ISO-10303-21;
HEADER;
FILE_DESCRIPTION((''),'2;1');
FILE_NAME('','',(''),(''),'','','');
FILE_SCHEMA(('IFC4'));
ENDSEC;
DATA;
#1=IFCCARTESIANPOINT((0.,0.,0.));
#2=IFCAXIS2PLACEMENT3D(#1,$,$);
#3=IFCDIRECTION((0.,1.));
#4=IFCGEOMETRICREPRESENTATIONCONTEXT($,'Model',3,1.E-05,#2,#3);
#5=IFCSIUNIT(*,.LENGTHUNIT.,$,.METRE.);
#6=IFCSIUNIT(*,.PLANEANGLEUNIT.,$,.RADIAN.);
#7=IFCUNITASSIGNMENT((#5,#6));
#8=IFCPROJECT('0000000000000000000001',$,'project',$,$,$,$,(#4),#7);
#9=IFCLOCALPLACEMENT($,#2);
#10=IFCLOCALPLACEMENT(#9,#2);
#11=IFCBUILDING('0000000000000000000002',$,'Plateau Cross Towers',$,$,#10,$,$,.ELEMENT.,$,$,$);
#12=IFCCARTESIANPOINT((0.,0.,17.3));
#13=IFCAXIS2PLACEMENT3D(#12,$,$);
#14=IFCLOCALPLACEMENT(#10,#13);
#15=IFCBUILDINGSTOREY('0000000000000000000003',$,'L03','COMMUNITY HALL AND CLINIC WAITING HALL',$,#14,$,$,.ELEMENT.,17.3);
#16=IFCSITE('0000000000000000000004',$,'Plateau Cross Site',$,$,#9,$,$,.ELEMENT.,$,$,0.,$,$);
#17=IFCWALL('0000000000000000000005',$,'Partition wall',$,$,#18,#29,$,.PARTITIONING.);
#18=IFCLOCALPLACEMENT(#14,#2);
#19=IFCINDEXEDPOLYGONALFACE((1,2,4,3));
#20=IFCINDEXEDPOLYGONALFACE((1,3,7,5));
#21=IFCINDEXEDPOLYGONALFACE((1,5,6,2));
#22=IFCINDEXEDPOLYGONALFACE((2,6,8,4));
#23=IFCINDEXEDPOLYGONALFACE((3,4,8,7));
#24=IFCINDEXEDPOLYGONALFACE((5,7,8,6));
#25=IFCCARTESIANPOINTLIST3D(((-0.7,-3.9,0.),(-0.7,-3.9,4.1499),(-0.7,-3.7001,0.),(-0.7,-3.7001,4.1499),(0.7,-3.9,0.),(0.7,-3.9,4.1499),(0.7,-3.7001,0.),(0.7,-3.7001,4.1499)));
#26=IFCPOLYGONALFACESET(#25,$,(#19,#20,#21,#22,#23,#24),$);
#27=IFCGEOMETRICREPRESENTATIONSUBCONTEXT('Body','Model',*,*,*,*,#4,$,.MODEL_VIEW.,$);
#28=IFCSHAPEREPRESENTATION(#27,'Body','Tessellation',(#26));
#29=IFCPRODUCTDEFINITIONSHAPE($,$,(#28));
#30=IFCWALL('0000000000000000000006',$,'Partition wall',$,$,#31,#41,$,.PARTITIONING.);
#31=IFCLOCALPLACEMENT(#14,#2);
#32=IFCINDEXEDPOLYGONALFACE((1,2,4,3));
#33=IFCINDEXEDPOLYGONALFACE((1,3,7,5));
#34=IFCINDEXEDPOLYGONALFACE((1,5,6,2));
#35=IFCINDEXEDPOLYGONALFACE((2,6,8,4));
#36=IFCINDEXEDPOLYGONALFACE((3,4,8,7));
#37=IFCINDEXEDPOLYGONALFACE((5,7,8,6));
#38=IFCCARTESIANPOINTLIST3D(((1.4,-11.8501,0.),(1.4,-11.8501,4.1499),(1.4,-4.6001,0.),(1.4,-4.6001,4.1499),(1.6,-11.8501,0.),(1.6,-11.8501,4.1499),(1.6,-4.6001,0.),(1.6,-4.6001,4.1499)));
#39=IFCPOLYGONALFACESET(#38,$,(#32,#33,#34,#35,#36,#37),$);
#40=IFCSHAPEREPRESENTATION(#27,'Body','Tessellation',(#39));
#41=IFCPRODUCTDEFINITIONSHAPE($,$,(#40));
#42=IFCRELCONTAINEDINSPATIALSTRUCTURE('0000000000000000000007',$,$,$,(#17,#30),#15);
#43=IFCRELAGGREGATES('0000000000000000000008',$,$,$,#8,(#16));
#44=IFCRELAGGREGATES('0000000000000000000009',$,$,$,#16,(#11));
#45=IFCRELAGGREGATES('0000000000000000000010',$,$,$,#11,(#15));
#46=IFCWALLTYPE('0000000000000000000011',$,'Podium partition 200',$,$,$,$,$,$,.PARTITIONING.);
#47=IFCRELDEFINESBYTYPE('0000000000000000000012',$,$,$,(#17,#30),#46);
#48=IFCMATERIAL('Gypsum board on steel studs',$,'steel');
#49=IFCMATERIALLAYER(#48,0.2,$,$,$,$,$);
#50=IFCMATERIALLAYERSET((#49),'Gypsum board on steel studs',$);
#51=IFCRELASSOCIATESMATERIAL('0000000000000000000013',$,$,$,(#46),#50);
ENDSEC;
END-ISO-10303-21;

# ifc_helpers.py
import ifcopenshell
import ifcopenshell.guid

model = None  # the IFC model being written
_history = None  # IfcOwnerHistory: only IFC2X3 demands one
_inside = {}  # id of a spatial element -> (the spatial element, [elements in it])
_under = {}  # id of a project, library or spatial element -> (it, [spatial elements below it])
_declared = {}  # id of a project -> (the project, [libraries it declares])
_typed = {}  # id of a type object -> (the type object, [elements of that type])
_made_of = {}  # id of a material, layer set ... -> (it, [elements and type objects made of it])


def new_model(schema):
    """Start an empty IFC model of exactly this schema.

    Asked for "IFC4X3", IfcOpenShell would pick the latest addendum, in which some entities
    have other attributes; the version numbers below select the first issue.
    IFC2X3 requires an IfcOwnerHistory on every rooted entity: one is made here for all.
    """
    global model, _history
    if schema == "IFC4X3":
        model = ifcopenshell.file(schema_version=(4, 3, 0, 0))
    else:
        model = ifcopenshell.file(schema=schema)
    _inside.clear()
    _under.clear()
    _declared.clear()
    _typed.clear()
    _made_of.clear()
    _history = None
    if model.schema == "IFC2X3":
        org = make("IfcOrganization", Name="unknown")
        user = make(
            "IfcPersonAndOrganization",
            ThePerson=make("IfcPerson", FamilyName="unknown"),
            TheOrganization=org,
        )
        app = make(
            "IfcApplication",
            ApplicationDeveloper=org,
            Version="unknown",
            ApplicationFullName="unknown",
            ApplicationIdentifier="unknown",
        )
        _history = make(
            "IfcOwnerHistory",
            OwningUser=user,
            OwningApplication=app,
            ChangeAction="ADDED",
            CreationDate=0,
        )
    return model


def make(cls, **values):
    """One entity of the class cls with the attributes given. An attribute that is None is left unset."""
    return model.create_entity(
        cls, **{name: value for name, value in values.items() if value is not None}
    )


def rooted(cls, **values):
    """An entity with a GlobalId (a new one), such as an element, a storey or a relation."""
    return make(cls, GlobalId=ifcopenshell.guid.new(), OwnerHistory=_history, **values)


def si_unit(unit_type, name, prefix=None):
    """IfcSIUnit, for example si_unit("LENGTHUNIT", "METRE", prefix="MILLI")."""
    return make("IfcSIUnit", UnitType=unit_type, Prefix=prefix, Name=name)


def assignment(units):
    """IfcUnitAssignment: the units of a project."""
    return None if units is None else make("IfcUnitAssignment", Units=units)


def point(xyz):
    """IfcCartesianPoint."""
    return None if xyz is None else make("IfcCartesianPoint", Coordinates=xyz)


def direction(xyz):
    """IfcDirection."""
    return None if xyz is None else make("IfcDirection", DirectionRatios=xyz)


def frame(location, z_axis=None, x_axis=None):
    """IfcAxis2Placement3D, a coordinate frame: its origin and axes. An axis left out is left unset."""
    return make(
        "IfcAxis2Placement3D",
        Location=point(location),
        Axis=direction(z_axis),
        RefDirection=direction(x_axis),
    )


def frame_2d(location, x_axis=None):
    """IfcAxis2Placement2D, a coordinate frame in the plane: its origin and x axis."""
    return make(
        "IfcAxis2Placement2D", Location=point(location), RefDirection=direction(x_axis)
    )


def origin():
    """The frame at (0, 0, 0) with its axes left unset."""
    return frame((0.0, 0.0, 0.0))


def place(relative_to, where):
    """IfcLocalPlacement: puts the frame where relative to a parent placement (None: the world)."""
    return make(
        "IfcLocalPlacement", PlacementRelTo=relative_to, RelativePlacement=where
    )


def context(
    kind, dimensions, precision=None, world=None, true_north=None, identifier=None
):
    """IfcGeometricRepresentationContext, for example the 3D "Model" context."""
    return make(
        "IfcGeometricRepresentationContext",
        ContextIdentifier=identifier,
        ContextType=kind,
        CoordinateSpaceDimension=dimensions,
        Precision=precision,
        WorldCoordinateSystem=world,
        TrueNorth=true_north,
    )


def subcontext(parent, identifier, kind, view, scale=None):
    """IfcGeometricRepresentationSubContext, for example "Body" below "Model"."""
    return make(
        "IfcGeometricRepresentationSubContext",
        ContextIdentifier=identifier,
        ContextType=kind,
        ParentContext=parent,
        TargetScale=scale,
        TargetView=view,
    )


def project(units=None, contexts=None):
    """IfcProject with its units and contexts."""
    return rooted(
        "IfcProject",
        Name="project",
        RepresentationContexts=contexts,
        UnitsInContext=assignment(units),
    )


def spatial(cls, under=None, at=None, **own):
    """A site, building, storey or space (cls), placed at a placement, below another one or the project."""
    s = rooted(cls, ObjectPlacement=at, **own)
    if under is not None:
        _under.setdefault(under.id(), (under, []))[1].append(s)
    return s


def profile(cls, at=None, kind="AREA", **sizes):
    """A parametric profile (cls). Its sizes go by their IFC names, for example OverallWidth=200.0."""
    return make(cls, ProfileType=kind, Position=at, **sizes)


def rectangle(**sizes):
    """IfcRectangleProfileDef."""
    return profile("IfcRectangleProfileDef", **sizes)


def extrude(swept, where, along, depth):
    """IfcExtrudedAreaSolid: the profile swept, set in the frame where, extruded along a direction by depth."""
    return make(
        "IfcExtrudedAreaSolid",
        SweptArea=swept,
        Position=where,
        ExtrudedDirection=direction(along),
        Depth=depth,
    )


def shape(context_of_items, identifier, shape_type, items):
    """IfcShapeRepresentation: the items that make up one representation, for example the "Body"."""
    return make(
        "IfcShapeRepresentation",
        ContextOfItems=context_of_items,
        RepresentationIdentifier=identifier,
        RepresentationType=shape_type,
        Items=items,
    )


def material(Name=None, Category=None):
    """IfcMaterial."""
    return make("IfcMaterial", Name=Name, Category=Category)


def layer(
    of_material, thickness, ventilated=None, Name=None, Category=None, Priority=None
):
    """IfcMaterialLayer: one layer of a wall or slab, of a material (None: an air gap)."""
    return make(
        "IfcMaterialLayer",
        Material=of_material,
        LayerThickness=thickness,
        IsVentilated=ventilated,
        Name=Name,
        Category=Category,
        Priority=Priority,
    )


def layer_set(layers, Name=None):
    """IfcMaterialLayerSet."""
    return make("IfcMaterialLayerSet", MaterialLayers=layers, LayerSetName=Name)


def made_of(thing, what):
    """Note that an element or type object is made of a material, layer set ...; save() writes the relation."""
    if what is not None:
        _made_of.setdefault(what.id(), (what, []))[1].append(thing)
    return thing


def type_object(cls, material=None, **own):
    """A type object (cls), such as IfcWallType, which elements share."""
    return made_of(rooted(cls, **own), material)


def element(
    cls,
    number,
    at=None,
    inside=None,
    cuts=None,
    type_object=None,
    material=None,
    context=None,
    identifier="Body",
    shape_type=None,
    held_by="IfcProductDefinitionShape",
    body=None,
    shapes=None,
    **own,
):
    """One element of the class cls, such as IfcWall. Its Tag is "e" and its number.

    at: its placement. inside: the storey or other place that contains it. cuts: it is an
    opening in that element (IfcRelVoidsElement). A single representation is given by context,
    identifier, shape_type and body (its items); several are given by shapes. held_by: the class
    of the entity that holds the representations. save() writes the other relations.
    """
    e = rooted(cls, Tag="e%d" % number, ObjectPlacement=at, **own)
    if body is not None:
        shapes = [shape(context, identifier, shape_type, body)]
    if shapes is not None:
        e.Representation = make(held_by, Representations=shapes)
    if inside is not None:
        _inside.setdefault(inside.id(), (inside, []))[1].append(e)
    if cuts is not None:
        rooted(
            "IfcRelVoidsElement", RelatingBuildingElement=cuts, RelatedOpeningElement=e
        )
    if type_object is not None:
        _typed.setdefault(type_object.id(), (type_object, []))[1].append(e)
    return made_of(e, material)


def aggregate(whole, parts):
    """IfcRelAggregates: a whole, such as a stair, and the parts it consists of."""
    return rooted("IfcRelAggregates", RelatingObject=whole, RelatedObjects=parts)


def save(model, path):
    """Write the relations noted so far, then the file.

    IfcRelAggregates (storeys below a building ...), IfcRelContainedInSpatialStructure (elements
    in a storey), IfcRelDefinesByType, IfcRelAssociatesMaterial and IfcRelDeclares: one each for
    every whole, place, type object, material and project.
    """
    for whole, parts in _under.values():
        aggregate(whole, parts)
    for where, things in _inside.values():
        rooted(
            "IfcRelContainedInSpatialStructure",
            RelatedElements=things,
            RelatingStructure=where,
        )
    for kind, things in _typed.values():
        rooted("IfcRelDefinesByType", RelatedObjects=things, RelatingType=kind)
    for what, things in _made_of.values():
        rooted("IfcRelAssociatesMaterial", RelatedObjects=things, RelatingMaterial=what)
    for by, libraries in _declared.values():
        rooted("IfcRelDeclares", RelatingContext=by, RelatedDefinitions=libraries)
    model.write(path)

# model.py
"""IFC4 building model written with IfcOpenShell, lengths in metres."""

from ifc_helpers import new_model, si_unit, direction, frame, frame_2d, origin, place, context, subcontext, project, spatial, rectangle, extrude, material, layer, layer_set, type_object, element, save


model = new_model("IFC4")

# Units and contexts
model_context = context("Model", 3, precision=1e-05, world=origin(), true_north=direction((0.0, 1.0)))
body_context = subcontext(model_context, "Body", "Model", "MODEL_VIEW")
ifc_project = project(units=[si_unit("LENGTHUNIT", "METRE"), si_unit("PLANEANGLEUNIT", "RADIAN")], contexts=[model_context])

# Site, building, storey
site_placement = place(None, origin())
site = spatial("IfcSite", under=ifc_project, at=site_placement, Name="Plateau Cross Site", CompositionType="ELEMENT", RefElevation=0.0)
building_placement = place(site_placement, origin())
building = spatial("IfcBuilding", under=site, at=building_placement, Name="Plateau Cross Towers", CompositionType="ELEMENT")
storey_placement = place(building_placement, frame((0.0, 0.0, 17.3)))
storey = spatial("IfcBuildingStorey", under=building, at=storey_placement, Name="L03", Description="COMMUNITY HALL AND CLINIC WAITING HALL", CompositionType="ELEMENT", Elevation=17.3)

# Shared definitions
ifc_material_1 = material(Name="Gypsum board on steel studs", Category="steel")
ifc_layer_1 = layer(ifc_material_1, 0.2)
ifc_layer_set_1 = layer_set([ifc_layer_1], Name="Gypsum board on steel studs")
wall_type = type_object("IfcWallType", Name="Podium partition 200", PredefinedType="PARTITIONING", material=ifc_layer_set_1)

# Walls
wall_1_placement = place(storey_placement, frame((0.7, -3.8, 0.0), z_axis=(0.0, 0.0, 1.0), x_axis=(-1.0, 0.0, 0.0)))
element("IfcWall", 1, at=wall_1_placement, inside=storey, type_object=wall_type, Name="Partition wall", PredefinedType="PARTITIONING", context=body_context, shape_type="SweptSolid", body=[
    extrude(rectangle(XDim=1.3999, YDim=0.2, at=frame_2d((0.7, 0.0))), origin(), (0.0, 0.0, 1.0), 4.1499),
])
wall_2_placement = place(storey_placement, frame((1.5, -4.6001, 0.0), z_axis=(0.0, 0.0, 1.0), x_axis=(0.0, -1.0, 0.0)))
element("IfcWall", 2, at=wall_2_placement, inside=storey, type_object=wall_type, Name="Partition wall", PredefinedType="PARTITIONING", context=body_context, shape_type="SweptSolid", body=[
    extrude(rectangle(XDim=7.25, YDim=0.2, at=frame_2d((3.625, 0.0))), origin(), (0.0, 0.0, 1.0), 4.1499),
])

save(model, "model.ifc")
